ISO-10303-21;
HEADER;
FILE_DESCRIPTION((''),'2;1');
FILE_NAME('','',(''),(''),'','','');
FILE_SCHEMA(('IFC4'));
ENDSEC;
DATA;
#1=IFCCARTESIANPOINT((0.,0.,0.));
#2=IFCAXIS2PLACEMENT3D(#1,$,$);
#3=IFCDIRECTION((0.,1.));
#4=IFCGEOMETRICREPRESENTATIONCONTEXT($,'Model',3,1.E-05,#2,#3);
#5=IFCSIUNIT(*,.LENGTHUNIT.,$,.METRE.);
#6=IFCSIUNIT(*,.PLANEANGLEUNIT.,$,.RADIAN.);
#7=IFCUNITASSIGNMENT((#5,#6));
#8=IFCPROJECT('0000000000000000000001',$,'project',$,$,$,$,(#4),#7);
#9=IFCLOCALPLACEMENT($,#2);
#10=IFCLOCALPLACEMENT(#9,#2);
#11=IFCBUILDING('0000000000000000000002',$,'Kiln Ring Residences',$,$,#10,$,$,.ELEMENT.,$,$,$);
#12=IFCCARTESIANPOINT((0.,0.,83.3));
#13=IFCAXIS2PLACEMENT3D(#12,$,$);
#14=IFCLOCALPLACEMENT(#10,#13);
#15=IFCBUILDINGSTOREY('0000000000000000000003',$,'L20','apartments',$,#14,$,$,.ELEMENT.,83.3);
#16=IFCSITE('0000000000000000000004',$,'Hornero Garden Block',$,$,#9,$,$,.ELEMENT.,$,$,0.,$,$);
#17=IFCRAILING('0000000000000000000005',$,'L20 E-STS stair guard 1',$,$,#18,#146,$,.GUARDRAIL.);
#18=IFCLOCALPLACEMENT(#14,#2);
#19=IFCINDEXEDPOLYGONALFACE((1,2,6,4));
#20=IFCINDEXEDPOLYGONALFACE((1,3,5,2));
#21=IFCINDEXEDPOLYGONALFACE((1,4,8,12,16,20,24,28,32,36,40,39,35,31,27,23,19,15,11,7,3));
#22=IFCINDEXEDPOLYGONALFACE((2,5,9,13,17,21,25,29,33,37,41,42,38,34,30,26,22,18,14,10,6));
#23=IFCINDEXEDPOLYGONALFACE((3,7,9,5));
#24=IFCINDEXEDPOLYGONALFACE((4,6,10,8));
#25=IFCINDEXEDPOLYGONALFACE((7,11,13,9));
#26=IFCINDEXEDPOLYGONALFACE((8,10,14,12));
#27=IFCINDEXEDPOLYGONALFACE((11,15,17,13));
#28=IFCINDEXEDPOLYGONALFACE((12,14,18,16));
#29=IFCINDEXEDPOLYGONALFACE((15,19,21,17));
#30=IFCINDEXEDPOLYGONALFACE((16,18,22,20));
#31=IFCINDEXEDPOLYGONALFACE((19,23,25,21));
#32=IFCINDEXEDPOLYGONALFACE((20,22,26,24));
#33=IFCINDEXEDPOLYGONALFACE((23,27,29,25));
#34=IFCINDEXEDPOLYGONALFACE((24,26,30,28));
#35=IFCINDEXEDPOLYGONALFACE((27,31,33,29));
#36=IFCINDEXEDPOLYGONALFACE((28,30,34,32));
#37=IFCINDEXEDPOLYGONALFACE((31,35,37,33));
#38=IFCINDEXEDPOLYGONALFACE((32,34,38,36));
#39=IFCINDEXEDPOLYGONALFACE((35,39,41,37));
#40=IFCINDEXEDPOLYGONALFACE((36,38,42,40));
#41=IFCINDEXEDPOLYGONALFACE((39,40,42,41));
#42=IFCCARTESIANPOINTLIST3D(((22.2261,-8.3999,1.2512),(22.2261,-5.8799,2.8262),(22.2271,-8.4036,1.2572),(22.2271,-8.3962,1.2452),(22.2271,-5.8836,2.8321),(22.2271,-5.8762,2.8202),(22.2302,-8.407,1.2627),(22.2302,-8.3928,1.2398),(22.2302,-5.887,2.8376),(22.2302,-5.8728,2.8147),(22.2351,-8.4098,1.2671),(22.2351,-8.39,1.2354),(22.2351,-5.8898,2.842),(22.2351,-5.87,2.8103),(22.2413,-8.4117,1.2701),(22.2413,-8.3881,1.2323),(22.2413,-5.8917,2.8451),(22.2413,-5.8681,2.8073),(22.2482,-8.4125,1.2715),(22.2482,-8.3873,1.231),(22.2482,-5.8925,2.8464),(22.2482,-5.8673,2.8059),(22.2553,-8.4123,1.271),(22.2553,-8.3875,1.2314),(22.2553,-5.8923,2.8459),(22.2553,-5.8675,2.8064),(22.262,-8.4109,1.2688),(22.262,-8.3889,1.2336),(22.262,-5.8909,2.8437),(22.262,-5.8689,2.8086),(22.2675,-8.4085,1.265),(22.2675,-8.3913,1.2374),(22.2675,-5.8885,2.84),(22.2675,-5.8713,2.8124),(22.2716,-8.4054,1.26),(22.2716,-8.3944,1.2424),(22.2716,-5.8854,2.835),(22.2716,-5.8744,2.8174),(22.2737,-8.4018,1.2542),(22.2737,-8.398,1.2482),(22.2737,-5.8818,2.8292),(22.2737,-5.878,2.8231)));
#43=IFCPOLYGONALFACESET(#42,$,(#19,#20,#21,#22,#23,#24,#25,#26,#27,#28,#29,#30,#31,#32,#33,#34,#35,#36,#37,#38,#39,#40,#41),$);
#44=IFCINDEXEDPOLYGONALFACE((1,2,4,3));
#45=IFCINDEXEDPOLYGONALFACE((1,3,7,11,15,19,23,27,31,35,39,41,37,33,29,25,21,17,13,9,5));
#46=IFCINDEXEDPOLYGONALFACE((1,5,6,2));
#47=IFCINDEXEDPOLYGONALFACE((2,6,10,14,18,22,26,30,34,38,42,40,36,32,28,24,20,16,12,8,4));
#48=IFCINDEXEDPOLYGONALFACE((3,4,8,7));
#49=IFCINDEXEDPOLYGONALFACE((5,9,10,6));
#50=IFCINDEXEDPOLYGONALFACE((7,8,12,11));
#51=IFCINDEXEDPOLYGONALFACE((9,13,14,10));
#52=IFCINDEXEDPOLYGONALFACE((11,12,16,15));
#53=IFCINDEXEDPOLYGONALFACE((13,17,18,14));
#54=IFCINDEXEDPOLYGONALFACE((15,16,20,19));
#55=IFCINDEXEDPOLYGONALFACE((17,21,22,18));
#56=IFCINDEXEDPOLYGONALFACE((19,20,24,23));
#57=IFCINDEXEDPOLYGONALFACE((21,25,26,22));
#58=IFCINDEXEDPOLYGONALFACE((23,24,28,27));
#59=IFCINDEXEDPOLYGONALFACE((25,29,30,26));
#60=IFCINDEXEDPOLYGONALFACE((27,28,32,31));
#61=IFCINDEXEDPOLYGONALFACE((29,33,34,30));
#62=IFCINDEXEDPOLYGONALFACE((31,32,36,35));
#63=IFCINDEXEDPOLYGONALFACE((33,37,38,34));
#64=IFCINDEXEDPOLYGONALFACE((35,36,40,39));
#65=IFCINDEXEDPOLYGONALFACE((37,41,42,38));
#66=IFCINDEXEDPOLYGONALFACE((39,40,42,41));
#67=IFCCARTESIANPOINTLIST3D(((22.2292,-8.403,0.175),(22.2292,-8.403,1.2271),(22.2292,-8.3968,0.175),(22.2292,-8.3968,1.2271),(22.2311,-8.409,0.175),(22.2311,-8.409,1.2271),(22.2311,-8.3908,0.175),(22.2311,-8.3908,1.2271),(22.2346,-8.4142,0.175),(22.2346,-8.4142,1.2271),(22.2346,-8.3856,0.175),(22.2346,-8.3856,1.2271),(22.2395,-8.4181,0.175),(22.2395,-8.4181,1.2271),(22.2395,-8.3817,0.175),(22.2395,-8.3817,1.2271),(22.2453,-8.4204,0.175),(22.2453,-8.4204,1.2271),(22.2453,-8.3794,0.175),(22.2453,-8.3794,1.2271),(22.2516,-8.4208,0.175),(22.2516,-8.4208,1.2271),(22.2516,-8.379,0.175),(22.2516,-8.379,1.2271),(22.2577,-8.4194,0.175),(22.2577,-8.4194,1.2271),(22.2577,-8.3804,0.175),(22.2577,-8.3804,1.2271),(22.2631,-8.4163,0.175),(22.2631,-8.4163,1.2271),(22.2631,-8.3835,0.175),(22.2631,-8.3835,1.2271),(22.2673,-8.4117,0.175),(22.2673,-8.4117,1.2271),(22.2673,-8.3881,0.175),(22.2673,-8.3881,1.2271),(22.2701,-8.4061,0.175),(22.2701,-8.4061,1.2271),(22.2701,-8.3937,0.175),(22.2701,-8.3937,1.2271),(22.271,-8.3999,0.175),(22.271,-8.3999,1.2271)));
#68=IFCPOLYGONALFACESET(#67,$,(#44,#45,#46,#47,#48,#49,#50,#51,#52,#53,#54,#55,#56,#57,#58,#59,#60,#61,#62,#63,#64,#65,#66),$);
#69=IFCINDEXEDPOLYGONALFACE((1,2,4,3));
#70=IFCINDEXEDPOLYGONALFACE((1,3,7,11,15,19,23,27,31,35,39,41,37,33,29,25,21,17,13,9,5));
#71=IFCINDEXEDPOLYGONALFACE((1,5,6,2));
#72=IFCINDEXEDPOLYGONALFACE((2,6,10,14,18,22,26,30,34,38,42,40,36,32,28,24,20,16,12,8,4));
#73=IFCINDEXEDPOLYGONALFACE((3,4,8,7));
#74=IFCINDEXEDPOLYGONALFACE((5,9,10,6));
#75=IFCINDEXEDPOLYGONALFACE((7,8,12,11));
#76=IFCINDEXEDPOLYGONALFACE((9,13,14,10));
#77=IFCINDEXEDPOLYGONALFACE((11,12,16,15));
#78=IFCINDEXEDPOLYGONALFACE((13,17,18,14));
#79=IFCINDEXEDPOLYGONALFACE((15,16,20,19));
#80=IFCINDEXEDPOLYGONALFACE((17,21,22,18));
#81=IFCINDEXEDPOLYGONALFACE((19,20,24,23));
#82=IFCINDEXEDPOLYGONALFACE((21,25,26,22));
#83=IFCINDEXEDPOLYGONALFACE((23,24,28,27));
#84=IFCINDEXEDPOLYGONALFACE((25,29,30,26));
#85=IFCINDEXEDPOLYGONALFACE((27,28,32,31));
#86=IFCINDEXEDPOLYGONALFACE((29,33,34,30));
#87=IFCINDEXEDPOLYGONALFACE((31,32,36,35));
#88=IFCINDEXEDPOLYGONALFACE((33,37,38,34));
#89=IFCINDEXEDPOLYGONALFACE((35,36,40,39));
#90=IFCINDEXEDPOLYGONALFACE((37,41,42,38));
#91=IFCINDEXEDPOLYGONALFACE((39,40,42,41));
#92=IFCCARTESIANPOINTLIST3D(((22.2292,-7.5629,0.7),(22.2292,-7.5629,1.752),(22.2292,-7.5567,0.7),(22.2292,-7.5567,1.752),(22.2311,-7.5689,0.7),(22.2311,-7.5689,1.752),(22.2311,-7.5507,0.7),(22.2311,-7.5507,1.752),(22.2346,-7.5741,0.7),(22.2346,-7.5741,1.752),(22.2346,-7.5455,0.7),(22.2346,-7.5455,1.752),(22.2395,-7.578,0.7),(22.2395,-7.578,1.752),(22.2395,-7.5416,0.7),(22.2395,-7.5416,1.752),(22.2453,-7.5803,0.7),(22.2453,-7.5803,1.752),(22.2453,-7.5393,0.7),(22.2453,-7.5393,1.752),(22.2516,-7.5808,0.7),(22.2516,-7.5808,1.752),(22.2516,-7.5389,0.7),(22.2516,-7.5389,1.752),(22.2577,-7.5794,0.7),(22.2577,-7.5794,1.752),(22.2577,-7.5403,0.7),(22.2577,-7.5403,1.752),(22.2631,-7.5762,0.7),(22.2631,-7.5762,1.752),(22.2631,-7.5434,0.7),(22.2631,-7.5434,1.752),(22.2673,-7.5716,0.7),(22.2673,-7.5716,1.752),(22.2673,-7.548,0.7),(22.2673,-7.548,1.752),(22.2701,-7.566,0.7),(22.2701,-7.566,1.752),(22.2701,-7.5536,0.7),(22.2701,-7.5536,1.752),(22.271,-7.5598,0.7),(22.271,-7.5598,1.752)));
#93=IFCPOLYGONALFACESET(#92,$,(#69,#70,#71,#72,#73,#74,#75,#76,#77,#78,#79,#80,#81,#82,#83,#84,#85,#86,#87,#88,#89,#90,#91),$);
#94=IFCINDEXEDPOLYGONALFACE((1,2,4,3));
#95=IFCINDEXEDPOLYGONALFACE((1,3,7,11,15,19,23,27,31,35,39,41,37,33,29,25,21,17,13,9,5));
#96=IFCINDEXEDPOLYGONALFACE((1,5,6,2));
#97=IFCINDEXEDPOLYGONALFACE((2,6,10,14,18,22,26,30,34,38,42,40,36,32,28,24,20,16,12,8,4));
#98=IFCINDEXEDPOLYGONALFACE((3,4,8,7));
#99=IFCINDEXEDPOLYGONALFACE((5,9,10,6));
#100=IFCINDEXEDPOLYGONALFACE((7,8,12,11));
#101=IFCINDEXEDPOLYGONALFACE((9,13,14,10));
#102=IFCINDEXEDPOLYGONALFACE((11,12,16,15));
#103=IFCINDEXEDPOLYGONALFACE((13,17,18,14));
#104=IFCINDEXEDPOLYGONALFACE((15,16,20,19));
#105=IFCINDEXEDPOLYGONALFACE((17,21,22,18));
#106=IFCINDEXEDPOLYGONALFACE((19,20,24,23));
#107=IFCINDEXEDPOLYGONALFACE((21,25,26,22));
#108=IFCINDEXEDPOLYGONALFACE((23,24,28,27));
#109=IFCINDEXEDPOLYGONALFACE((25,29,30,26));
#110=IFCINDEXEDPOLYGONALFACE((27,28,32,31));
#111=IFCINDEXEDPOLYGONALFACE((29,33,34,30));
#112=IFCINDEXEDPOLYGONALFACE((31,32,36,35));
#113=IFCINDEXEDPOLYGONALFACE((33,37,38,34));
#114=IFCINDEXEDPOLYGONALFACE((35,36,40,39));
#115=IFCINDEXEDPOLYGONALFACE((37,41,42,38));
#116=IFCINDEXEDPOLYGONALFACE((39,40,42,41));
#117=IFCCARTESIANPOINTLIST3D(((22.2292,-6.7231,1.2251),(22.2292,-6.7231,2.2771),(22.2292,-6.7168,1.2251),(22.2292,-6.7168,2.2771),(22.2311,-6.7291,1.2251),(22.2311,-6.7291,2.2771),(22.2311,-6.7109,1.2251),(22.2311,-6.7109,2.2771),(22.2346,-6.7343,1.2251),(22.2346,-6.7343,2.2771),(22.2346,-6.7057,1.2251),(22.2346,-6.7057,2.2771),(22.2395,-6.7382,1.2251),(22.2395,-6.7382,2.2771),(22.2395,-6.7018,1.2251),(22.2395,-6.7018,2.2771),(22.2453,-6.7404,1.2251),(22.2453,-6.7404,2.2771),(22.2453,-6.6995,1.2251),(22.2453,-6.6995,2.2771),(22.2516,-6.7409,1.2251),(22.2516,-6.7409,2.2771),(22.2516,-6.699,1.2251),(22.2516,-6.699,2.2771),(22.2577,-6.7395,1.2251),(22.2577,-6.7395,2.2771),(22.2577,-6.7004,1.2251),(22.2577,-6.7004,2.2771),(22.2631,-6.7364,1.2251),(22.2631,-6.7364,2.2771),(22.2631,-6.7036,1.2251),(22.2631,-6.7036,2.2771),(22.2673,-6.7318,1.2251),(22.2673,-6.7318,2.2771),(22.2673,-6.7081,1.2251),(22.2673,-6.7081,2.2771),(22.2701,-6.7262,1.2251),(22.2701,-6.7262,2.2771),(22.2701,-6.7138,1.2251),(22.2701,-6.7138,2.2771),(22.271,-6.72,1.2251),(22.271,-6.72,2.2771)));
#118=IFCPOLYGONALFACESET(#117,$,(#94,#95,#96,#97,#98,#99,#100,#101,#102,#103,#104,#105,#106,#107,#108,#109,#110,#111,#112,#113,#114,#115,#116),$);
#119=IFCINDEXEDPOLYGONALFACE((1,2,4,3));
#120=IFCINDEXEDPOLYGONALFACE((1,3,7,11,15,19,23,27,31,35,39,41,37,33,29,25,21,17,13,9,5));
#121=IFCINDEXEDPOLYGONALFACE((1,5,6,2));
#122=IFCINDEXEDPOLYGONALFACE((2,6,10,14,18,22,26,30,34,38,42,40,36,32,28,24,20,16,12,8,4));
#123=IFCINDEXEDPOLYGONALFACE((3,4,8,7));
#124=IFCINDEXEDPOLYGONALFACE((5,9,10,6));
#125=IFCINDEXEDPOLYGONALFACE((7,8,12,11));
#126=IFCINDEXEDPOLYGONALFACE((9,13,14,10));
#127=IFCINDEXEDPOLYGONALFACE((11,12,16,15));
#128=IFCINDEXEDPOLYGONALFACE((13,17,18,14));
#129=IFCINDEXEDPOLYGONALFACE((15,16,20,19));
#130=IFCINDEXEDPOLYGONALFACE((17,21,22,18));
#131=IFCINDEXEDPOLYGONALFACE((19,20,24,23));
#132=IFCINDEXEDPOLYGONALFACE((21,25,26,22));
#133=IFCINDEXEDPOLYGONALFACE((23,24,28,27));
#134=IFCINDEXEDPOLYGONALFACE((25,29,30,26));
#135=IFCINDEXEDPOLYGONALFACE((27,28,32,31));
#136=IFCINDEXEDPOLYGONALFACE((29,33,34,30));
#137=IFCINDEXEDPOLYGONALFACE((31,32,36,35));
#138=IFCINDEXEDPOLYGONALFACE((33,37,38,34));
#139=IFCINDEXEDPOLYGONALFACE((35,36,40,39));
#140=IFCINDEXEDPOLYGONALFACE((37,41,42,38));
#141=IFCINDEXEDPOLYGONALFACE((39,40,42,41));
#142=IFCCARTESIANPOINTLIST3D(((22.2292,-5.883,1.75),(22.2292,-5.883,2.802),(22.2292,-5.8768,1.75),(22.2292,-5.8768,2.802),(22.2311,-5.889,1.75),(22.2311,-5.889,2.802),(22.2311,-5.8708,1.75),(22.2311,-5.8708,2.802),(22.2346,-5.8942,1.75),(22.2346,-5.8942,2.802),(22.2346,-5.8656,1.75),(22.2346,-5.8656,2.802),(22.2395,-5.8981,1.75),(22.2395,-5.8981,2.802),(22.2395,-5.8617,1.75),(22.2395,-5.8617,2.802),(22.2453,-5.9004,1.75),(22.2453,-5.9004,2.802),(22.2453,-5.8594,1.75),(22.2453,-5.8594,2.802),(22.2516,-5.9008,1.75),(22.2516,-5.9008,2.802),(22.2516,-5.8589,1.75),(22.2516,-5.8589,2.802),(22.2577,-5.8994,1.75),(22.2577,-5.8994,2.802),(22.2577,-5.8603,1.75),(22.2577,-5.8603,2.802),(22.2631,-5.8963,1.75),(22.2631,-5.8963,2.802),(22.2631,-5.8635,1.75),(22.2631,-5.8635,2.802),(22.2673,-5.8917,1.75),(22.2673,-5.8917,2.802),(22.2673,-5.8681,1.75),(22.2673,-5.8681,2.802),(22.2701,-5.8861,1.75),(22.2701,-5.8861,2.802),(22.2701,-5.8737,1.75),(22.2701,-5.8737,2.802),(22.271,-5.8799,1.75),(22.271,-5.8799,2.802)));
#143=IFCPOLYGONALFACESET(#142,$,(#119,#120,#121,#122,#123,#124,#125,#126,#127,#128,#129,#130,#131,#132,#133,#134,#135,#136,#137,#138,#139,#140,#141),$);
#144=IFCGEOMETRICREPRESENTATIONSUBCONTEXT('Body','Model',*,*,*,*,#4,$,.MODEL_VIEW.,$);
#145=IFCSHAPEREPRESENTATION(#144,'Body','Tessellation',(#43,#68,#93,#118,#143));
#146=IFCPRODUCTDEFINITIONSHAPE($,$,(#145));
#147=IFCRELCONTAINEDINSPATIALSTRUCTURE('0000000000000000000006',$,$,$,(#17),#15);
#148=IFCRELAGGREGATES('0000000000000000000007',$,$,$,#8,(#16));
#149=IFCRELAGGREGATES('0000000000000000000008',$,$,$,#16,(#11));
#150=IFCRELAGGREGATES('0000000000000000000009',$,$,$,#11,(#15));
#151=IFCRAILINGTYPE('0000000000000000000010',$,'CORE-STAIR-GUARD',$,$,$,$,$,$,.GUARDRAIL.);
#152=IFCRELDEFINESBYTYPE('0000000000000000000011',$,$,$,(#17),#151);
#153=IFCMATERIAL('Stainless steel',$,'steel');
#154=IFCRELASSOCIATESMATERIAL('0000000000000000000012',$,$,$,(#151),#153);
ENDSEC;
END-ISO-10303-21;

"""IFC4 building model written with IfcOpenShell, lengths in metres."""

from ifc_helpers import new_model, si_unit, direction, frame, origin, origin_2d, place, context, subcontext, project, spatial, circle, extrude, material, type_object, element, save


model = new_model("IFC4")

# Units and contexts
model_context = context("Model", 3, precision=1e-05, world=origin(), true_north=direction((0.0, 1.0)))
body_context = subcontext(model_context, "Body", "Model", "MODEL_VIEW")
ifc_project = project(units=[si_unit("LENGTHUNIT", "METRE"), si_unit("PLANEANGLEUNIT", "RADIAN")], contexts=[model_context])

# Site, building, storey
site_placement = place(None, origin())
site = spatial("IfcSite", under=ifc_project, at=site_placement, Name="Hornero Garden Block", CompositionType="ELEMENT", RefElevation=0.0)
building_placement = place(site_placement, origin())
building = spatial("IfcBuilding", under=site, at=building_placement, Name="Kiln Ring Residences", CompositionType="ELEMENT")
storey_placement = place(building_placement, frame((0.0, 0.0, 83.3)))
storey = spatial("IfcBuildingStorey", under=building, at=storey_placement, Name="L20", Description="apartments", CompositionType="ELEMENT", Elevation=83.3)

# Railing
ifc_material_1 = material(Name="Stainless steel", Category="steel")
railing_type_1 = type_object("IfcRailingType", Name="CORE-STAIR-GUARD", PredefinedType="GUARDRAIL", material=ifc_material_1)
railing_1_placement = place(storey_placement, frame((22.25, -8.3999, 0.175)))
element("IfcRailing", 1, at=railing_1_placement, inside=storey, type_object=railing_type_1, Name="L20 E-STS stair guard 1", PredefinedType="GUARDRAIL", context=body_context, shape_type="SweptSolid", body=[
    extrude(circle(Radius=0.0239, at=origin_2d()), frame((0.0, 0.0, 1.0762), z_axis=(0.0, 0.848008, 0.529984), x_axis=(-1.0, 0.0, 0.0)), (0.0, 0.0, 1.0), 2.9717),
    extrude(circle(Radius=0.021, at=origin_2d()), origin(), (0.0, 0.0, 1.0), 1.052),
    extrude(circle(Radius=0.021, at=origin_2d()), frame((0.0, 0.8401, 0.5249)), (0.0, 0.0, 1.0), 1.052),
    extrude(circle(Radius=0.021, at=origin_2d()), frame((0.0, 1.6799, 1.05)), (0.0, 0.0, 1.0), 1.052),
    extrude(circle(Radius=0.021, at=origin_2d()), frame((0.0, 2.52, 1.575)), (0.0, 0.0, 1.0), 1.052),
])

save(model, "model.ifc")
